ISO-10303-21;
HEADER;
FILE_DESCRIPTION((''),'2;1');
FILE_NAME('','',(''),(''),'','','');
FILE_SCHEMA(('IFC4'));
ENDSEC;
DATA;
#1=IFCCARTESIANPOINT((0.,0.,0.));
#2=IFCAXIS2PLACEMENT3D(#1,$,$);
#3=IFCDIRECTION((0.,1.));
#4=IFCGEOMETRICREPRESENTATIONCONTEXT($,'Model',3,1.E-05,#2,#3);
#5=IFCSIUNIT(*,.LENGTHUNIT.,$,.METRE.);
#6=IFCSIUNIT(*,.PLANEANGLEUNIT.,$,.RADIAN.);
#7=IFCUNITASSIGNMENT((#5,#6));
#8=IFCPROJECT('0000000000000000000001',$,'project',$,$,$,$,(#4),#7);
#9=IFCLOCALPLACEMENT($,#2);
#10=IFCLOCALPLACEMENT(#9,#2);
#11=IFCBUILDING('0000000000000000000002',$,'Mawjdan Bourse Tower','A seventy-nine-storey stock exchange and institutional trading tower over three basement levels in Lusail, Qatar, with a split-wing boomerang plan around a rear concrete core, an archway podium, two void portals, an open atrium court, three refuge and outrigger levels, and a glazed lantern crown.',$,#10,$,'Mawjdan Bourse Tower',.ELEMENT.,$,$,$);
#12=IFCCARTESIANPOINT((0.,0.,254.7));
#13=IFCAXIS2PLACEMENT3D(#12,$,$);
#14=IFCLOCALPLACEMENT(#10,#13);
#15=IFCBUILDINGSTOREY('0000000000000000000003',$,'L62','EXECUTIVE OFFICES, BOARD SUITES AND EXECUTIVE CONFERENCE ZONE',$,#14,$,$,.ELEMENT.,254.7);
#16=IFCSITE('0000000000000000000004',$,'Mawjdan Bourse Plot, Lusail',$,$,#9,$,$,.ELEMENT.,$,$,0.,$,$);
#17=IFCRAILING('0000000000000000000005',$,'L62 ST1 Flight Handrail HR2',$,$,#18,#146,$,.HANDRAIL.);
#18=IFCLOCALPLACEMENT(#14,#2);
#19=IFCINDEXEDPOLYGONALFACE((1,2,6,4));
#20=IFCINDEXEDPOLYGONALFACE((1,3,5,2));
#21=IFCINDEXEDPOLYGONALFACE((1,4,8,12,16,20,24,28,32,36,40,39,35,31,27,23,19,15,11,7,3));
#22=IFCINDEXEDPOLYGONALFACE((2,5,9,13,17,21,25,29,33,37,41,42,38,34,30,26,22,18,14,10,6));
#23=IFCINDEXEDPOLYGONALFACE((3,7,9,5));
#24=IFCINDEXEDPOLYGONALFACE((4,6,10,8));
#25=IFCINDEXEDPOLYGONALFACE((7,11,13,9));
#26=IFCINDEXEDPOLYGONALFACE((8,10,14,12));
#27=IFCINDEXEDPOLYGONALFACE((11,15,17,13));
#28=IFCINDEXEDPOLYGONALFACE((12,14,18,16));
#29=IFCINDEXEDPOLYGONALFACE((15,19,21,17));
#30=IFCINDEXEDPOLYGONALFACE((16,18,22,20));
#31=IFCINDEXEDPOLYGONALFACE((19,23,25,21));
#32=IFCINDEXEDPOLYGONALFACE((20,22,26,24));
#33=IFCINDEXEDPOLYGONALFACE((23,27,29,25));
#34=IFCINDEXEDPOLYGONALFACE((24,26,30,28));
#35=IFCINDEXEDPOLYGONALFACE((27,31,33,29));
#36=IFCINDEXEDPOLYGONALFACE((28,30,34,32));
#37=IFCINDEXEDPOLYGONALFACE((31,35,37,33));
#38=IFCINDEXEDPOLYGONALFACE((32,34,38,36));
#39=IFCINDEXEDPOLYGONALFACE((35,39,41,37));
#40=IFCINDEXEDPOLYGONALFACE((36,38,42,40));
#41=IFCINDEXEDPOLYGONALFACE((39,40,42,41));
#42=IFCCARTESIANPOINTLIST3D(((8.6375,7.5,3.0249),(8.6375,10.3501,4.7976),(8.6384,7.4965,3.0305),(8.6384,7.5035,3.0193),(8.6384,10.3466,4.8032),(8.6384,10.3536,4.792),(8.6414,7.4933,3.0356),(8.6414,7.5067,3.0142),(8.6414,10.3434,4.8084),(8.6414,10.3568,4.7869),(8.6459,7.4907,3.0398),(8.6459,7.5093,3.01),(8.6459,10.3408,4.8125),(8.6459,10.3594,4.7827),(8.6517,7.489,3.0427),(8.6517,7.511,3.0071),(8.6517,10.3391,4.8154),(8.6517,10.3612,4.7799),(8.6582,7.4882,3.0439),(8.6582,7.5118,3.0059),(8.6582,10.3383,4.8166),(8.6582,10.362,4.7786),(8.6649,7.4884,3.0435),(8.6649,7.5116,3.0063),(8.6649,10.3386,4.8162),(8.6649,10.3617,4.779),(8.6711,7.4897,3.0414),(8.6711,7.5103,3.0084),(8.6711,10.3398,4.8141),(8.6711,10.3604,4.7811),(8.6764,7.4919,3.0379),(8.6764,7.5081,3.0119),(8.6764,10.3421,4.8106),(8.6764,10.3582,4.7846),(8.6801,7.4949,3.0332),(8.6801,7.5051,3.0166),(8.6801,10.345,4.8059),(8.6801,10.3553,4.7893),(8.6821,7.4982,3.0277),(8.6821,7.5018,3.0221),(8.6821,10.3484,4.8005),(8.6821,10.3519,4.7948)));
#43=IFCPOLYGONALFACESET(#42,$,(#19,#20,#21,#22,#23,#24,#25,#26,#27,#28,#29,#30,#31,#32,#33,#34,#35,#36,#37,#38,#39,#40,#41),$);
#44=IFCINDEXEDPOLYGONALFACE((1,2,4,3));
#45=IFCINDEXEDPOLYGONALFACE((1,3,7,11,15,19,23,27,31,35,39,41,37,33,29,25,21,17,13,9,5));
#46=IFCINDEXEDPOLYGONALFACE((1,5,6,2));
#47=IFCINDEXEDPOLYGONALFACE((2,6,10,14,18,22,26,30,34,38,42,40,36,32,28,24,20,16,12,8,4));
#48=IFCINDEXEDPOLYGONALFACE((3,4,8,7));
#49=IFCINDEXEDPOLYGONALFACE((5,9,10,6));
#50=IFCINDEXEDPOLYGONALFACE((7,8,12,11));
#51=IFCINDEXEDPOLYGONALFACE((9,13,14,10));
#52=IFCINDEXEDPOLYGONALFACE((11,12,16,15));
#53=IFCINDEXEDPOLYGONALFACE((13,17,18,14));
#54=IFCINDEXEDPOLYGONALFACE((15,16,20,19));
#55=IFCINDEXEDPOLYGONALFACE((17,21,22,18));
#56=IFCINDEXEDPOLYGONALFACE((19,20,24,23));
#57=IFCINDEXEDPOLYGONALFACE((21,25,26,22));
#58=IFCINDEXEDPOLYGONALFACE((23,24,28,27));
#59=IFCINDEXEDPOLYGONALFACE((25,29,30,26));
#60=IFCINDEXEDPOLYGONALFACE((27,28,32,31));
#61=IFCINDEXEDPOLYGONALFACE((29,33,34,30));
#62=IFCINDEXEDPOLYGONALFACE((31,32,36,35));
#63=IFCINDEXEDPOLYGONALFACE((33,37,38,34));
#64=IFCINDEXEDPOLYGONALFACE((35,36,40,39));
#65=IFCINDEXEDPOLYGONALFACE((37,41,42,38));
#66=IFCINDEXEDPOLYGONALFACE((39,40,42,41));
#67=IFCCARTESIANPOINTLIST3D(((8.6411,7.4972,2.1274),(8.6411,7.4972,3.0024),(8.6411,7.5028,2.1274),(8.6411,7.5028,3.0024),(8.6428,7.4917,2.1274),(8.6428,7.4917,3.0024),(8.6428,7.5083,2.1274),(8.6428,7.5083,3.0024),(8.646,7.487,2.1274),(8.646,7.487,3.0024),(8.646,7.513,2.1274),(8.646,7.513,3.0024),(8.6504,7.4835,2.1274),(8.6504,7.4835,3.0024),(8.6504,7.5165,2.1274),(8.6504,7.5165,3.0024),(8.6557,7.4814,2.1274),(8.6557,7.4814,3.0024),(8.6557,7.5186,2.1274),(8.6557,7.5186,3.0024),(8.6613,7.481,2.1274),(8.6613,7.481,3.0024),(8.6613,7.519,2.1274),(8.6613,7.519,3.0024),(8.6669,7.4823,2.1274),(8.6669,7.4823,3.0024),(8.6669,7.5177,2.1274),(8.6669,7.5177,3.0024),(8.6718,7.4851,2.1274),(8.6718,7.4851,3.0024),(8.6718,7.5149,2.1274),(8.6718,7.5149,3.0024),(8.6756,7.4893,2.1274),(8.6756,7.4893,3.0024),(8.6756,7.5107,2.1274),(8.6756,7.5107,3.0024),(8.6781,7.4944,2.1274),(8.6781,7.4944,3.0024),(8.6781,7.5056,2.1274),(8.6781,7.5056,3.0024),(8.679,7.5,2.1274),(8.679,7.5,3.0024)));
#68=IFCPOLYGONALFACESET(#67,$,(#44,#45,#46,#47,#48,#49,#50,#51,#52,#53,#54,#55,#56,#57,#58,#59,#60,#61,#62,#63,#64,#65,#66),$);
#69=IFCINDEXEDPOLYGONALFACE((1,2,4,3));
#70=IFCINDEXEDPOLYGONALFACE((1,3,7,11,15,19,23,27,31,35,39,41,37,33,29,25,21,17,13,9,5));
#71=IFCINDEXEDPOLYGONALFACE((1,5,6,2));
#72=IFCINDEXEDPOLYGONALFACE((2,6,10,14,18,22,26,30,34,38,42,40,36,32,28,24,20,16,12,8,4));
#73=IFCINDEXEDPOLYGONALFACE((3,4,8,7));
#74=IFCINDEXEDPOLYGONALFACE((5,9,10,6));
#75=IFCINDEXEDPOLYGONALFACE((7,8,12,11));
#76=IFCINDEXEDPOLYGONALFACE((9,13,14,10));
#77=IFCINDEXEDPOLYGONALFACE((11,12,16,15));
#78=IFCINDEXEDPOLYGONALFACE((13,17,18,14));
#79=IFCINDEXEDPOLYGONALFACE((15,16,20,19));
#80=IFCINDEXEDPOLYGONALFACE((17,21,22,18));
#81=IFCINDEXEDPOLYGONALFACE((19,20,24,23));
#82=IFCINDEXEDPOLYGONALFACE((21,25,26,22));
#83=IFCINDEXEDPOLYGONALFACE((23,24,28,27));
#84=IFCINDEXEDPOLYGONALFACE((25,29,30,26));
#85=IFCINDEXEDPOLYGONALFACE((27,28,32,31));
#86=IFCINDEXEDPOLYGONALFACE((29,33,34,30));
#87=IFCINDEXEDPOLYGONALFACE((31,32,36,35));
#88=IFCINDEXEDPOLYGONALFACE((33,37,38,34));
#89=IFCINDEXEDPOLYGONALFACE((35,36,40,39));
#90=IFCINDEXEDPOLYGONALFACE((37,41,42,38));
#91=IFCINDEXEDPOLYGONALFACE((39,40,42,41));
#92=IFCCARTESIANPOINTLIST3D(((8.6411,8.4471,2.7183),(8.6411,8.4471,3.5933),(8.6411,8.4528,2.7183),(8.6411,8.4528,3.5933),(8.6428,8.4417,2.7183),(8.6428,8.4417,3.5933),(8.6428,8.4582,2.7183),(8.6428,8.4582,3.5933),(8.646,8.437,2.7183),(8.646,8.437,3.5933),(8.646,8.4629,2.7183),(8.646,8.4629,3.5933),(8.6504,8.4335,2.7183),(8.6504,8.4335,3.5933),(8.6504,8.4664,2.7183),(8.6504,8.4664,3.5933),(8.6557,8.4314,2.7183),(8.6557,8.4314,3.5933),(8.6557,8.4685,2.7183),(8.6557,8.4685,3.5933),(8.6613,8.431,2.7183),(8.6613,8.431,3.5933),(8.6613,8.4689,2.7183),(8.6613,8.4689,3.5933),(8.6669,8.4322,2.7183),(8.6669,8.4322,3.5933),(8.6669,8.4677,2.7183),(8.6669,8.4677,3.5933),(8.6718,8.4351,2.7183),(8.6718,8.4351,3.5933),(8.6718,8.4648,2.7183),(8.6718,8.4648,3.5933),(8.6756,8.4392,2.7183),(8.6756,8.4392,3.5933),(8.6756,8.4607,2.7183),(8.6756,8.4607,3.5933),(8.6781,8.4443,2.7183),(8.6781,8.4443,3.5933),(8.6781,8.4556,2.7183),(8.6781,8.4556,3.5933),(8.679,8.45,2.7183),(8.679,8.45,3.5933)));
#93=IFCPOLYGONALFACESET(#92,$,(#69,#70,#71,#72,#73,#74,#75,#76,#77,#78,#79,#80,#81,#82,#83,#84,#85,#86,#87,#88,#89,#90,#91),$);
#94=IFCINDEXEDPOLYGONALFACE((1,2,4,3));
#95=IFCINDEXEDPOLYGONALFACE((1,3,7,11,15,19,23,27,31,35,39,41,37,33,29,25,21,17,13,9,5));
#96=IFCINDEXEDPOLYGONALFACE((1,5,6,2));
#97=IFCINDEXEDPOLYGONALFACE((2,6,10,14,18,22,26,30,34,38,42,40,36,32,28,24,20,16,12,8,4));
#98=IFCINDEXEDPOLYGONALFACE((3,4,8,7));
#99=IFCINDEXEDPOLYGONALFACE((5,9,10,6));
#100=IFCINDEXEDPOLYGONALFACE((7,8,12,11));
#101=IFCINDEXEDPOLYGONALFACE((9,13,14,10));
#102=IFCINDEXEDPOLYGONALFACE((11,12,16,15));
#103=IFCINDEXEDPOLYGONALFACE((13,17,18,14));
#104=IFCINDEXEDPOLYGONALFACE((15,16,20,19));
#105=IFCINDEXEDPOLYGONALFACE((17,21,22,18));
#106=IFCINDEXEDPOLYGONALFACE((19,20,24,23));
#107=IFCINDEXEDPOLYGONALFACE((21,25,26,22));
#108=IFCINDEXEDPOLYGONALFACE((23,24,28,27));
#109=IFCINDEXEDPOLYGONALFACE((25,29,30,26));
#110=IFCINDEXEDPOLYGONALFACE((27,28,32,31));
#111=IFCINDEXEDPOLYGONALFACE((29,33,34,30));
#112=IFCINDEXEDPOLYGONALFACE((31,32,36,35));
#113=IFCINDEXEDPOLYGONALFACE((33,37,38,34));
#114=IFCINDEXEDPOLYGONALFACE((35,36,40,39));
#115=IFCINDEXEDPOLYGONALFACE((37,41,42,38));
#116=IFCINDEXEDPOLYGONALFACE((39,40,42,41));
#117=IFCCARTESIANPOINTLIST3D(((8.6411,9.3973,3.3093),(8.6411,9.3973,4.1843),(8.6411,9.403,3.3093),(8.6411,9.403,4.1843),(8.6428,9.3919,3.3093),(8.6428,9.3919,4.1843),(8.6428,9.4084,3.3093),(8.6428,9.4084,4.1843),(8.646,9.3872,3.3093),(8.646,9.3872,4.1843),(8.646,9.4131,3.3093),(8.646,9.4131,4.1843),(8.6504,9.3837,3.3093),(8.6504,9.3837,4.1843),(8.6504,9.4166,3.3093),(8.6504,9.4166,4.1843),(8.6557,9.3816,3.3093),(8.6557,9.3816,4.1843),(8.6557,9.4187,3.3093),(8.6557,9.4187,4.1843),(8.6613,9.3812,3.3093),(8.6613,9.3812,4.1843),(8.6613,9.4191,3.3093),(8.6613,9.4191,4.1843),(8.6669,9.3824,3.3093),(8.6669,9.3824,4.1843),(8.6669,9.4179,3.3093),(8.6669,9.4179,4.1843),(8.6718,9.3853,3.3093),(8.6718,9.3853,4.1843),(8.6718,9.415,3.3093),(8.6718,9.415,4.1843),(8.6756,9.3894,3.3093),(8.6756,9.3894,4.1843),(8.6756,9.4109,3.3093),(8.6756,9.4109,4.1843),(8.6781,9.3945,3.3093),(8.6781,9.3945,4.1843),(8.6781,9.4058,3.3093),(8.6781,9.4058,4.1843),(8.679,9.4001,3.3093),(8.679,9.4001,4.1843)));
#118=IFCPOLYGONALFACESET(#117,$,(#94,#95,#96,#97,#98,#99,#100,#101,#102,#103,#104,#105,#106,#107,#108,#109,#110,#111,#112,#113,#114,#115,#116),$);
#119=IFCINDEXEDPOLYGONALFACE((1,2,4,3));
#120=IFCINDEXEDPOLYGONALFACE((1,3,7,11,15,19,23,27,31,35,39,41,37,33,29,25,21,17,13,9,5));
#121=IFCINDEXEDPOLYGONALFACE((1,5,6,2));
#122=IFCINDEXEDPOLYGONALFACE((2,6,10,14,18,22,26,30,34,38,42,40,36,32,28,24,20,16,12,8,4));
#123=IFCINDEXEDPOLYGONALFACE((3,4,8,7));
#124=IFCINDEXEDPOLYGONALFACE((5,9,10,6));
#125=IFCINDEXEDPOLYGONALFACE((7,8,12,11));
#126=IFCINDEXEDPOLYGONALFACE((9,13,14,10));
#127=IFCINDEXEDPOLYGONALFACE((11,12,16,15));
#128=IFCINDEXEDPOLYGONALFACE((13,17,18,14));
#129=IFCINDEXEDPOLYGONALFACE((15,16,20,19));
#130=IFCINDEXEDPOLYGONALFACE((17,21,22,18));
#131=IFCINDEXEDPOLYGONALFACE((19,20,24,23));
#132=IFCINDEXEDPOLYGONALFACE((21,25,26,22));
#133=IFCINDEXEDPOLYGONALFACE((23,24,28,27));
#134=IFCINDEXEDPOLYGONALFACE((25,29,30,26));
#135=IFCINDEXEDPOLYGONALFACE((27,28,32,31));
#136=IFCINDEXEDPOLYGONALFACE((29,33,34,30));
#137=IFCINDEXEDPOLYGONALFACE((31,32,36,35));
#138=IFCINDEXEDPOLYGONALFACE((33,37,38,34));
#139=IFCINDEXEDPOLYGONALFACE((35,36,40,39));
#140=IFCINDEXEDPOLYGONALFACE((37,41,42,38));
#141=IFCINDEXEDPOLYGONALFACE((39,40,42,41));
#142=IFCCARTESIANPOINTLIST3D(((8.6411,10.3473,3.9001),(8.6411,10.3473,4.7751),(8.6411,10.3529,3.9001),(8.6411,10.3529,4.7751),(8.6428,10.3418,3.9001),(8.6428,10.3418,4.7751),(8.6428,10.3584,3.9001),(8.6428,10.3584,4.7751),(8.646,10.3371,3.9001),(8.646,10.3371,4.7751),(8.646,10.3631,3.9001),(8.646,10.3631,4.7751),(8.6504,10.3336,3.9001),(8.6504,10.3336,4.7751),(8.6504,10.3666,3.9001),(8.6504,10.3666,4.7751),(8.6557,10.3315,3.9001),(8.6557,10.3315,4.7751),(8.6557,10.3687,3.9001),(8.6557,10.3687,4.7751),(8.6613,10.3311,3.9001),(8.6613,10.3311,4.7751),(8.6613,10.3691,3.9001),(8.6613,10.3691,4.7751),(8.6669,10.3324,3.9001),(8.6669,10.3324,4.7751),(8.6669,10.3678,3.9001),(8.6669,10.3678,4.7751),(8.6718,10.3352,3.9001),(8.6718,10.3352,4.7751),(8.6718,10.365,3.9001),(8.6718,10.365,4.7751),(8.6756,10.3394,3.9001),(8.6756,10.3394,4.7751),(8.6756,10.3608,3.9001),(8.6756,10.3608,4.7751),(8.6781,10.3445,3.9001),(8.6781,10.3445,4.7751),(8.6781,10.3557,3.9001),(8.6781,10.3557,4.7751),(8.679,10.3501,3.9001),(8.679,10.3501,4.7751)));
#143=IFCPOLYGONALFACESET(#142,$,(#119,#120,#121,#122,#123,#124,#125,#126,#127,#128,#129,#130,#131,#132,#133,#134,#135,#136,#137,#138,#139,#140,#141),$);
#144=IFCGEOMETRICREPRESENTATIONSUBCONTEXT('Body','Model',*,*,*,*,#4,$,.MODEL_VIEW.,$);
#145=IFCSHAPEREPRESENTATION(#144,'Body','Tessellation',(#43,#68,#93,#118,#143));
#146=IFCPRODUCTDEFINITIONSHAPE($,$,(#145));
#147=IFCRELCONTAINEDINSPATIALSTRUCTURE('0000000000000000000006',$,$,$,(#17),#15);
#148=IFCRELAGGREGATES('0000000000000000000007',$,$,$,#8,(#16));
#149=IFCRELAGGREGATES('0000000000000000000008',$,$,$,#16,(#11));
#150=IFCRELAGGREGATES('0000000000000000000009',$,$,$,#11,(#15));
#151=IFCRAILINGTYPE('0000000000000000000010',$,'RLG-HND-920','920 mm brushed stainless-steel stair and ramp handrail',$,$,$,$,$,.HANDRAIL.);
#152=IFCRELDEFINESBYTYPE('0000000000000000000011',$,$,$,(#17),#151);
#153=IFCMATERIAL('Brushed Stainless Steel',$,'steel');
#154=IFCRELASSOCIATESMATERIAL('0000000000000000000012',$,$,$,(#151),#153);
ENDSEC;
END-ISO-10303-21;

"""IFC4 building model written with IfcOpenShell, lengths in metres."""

from ifc_helpers import new_model, si_unit, direction, frame, origin, origin_2d, place, context, subcontext, project, spatial, circle, extrude, material, type_object, element, save


model = new_model("IFC4")

# Units and contexts
model_context = context("Model", 3, precision=1e-05, world=origin(), true_north=direction((0.0, 1.0)))
body_context = subcontext(model_context, "Body", "Model", "MODEL_VIEW")
ifc_project = project(units=[si_unit("LENGTHUNIT", "METRE"), si_unit("PLANEANGLEUNIT", "RADIAN")], contexts=[model_context])

# Site, building, storey
site_placement = place(None, origin())
site = spatial("IfcSite", under=ifc_project, at=site_placement, Name="Mawjdan Bourse Plot, Lusail", CompositionType="ELEMENT", RefElevation=0.0)
building_placement = place(site_placement, origin())
building = spatial("IfcBuilding", under=site, at=building_placement, Name="Mawjdan Bourse Tower", Description="A seventy-nine-storey stock exchange and institutional trading tower over three basement levels in Lusail, Qatar, with a split-wing boomerang plan around a rear concrete core, an archway podium, two void portals, an open atrium court, three refuge and outrigger levels, and a glazed lantern crown.", LongName="Mawjdan Bourse Tower", CompositionType="ELEMENT")
storey_placement = place(building_placement, frame((0.0, 0.0, 254.7)))
storey = spatial("IfcBuildingStorey", under=building, at=storey_placement, Name="L62", Description="EXECUTIVE OFFICES, BOARD SUITES AND EXECUTIVE CONFERENCE ZONE", CompositionType="ELEMENT", Elevation=254.7)

# Shared definitions
ifc_material_1 = material(Name="Brushed Stainless Steel", Category="steel")

# Railing
railing_type = type_object("IfcRailingType", Name="RLG-HND-920", Description="920 mm brushed stainless-steel stair and ramp handrail", PredefinedType="HANDRAIL", material=ifc_material_1)
railing_1_placement = place(storey_placement, frame((8.6599, 7.5, 2.1274)))
element("IfcRailing", 1, at=railing_1_placement, inside=storey, type_object=railing_type, Name="L62 ST1 Flight Handrail HR2", PredefinedType="HANDRAIL", context=body_context, shape_type="SweptSolid", body=[
    extrude(circle(Radius=0.0225, at=origin_2d()), frame((0.0, 0.0, 0.8975), z_axis=(0.0, 0.849149, 0.528154), x_axis=(-1.0, 0.0, 0.0)), (0.0, 0.0, 1.0), 3.3564),
    extrude(circle(Radius=0.019, at=origin_2d()), origin(), (0.0, 0.0, 1.0), 0.875),
    extrude(circle(Radius=0.019, at=origin_2d()), frame((0.0, 0.95, 0.5908)), (0.0, 0.0, 1.0), 0.875),
    extrude(circle(Radius=0.019, at=origin_2d()), frame((0.0, 1.9001, 1.1819)), (0.0, 0.0, 1.0), 0.875),
    extrude(circle(Radius=0.019, at=origin_2d()), frame((0.0, 2.8501, 1.7727)), (0.0, 0.0, 1.0), 0.875),
])

save(model, "model.ifc")
